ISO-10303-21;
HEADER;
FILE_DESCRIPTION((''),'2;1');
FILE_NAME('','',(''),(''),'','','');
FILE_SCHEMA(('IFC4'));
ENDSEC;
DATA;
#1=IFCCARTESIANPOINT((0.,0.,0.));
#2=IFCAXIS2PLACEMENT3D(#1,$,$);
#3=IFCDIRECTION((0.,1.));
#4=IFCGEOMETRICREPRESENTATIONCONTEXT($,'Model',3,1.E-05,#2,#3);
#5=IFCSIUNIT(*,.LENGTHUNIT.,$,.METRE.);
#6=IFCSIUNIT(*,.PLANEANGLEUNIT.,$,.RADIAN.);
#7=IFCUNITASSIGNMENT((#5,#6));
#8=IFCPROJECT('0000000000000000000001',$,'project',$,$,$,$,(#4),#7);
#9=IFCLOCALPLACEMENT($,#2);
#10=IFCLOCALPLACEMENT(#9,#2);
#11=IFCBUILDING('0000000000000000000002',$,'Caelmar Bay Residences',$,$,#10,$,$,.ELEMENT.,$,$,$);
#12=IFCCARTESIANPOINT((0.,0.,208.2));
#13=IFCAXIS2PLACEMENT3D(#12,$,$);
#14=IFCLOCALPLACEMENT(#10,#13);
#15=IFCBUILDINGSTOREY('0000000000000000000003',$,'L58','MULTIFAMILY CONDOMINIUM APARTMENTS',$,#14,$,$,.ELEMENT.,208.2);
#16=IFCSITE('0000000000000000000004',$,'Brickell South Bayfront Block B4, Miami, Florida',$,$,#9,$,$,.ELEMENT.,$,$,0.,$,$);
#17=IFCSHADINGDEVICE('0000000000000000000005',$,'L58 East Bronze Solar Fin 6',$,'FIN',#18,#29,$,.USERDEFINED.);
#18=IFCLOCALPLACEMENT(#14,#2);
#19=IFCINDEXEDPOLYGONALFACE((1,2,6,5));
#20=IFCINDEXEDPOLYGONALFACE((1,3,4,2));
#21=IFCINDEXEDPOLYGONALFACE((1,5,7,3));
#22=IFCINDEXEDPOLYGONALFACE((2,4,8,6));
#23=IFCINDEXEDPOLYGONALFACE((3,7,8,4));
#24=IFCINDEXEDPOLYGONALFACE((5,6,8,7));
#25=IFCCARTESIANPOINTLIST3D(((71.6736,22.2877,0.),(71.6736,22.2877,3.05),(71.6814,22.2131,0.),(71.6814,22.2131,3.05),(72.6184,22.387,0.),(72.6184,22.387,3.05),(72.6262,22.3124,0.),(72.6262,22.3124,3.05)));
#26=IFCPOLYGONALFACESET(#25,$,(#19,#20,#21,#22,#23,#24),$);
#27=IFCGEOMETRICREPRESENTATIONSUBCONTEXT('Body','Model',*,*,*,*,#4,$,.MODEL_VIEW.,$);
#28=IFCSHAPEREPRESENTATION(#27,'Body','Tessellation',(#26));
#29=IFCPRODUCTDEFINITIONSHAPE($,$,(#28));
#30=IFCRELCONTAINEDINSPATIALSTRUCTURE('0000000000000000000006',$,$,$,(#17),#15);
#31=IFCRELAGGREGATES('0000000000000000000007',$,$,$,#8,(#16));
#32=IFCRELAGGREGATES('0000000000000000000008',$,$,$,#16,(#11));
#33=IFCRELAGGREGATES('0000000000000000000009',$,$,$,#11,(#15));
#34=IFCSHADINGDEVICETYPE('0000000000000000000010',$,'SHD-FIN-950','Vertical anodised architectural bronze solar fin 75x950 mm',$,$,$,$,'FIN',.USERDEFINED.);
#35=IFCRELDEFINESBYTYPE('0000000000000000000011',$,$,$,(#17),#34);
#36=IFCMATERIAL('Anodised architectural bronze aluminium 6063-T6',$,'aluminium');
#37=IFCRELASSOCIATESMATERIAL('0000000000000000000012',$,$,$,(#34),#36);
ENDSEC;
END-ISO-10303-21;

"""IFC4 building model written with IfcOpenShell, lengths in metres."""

from ifc_helpers import new_model, si_unit, direction, frame, origin, origin_2d, place, context, subcontext, project, spatial, rectangle, extrude, material, material_profile, profile_set, type_object, element, save


model = new_model("IFC4")

# Units and contexts
model_context = context("Model", 3, precision=1e-05, world=origin(), true_north=direction((0.0, 1.0)))
body_context = subcontext(model_context, "Body", "Model", "MODEL_VIEW")
ifc_project = project(units=[si_unit("LENGTHUNIT", "METRE"), si_unit("PLANEANGLEUNIT", "RADIAN")], contexts=[model_context])

# Site, building, storey
site_placement = place(None, origin())
site = spatial("IfcSite", under=ifc_project, at=site_placement, Name="Brickell South Bayfront Block B4, Miami, Florida", CompositionType="ELEMENT", RefElevation=0.0)
building_placement = place(site_placement, origin())
building = spatial("IfcBuilding", under=site, at=building_placement, Name="Caelmar Bay Residences", CompositionType="ELEMENT")
storey_placement = place(building_placement, frame((0.0, 0.0, 208.2)))
storey = spatial("IfcBuildingStorey", under=building, at=storey_placement, Name="L58", Description="MULTIFAMILY CONDOMINIUM APARTMENTS", CompositionType="ELEMENT", Elevation=208.2)

# Shading device
ifc_material_1 = material(Name="Anodised architectural bronze aluminium 6063-T6", Category="aluminium")
ifc_material_profile_1 = material_profile(ifc_material_1, rectangle(XDim=0.075, YDim=0.95, at=origin_2d()), Name="BRONZE-FIN-75X950")
ifc_profile_set_1 = profile_set([ifc_material_profile_1], Name="Anodised architectural bronze aluminium 6063-T6")
shading_device_type = type_object("IfcShadingDeviceType", Name="SHD-FIN-950", Description="Vertical anodised architectural bronze solar fin 75x950 mm", ElementType="FIN", PredefinedType="USERDEFINED", material=ifc_profile_set_1)
for number, where, z_axis, x_axis, name in (
    (1, (72.1499, 22.3, 0.0), (0.0, 0.0, 1.0), (-0.104528, 0.994522, 0.0), "L58 East Bronze Solar Fin 6"),
):
    element("IfcShadingDevice", number, at=place(storey_placement, frame(where, z_axis=z_axis, x_axis=x_axis)), inside=storey, type_object=shading_device_type, Name=name, ObjectType="FIN", PredefinedType="USERDEFINED", context=body_context, shape_type="SweptSolid", body=[
        extrude(rectangle(XDim=0.075, YDim=0.95, at=origin_2d()), origin(), (0.0, 0.0, 1.0), 3.05),
    ])

save(model, "model.ifc")
